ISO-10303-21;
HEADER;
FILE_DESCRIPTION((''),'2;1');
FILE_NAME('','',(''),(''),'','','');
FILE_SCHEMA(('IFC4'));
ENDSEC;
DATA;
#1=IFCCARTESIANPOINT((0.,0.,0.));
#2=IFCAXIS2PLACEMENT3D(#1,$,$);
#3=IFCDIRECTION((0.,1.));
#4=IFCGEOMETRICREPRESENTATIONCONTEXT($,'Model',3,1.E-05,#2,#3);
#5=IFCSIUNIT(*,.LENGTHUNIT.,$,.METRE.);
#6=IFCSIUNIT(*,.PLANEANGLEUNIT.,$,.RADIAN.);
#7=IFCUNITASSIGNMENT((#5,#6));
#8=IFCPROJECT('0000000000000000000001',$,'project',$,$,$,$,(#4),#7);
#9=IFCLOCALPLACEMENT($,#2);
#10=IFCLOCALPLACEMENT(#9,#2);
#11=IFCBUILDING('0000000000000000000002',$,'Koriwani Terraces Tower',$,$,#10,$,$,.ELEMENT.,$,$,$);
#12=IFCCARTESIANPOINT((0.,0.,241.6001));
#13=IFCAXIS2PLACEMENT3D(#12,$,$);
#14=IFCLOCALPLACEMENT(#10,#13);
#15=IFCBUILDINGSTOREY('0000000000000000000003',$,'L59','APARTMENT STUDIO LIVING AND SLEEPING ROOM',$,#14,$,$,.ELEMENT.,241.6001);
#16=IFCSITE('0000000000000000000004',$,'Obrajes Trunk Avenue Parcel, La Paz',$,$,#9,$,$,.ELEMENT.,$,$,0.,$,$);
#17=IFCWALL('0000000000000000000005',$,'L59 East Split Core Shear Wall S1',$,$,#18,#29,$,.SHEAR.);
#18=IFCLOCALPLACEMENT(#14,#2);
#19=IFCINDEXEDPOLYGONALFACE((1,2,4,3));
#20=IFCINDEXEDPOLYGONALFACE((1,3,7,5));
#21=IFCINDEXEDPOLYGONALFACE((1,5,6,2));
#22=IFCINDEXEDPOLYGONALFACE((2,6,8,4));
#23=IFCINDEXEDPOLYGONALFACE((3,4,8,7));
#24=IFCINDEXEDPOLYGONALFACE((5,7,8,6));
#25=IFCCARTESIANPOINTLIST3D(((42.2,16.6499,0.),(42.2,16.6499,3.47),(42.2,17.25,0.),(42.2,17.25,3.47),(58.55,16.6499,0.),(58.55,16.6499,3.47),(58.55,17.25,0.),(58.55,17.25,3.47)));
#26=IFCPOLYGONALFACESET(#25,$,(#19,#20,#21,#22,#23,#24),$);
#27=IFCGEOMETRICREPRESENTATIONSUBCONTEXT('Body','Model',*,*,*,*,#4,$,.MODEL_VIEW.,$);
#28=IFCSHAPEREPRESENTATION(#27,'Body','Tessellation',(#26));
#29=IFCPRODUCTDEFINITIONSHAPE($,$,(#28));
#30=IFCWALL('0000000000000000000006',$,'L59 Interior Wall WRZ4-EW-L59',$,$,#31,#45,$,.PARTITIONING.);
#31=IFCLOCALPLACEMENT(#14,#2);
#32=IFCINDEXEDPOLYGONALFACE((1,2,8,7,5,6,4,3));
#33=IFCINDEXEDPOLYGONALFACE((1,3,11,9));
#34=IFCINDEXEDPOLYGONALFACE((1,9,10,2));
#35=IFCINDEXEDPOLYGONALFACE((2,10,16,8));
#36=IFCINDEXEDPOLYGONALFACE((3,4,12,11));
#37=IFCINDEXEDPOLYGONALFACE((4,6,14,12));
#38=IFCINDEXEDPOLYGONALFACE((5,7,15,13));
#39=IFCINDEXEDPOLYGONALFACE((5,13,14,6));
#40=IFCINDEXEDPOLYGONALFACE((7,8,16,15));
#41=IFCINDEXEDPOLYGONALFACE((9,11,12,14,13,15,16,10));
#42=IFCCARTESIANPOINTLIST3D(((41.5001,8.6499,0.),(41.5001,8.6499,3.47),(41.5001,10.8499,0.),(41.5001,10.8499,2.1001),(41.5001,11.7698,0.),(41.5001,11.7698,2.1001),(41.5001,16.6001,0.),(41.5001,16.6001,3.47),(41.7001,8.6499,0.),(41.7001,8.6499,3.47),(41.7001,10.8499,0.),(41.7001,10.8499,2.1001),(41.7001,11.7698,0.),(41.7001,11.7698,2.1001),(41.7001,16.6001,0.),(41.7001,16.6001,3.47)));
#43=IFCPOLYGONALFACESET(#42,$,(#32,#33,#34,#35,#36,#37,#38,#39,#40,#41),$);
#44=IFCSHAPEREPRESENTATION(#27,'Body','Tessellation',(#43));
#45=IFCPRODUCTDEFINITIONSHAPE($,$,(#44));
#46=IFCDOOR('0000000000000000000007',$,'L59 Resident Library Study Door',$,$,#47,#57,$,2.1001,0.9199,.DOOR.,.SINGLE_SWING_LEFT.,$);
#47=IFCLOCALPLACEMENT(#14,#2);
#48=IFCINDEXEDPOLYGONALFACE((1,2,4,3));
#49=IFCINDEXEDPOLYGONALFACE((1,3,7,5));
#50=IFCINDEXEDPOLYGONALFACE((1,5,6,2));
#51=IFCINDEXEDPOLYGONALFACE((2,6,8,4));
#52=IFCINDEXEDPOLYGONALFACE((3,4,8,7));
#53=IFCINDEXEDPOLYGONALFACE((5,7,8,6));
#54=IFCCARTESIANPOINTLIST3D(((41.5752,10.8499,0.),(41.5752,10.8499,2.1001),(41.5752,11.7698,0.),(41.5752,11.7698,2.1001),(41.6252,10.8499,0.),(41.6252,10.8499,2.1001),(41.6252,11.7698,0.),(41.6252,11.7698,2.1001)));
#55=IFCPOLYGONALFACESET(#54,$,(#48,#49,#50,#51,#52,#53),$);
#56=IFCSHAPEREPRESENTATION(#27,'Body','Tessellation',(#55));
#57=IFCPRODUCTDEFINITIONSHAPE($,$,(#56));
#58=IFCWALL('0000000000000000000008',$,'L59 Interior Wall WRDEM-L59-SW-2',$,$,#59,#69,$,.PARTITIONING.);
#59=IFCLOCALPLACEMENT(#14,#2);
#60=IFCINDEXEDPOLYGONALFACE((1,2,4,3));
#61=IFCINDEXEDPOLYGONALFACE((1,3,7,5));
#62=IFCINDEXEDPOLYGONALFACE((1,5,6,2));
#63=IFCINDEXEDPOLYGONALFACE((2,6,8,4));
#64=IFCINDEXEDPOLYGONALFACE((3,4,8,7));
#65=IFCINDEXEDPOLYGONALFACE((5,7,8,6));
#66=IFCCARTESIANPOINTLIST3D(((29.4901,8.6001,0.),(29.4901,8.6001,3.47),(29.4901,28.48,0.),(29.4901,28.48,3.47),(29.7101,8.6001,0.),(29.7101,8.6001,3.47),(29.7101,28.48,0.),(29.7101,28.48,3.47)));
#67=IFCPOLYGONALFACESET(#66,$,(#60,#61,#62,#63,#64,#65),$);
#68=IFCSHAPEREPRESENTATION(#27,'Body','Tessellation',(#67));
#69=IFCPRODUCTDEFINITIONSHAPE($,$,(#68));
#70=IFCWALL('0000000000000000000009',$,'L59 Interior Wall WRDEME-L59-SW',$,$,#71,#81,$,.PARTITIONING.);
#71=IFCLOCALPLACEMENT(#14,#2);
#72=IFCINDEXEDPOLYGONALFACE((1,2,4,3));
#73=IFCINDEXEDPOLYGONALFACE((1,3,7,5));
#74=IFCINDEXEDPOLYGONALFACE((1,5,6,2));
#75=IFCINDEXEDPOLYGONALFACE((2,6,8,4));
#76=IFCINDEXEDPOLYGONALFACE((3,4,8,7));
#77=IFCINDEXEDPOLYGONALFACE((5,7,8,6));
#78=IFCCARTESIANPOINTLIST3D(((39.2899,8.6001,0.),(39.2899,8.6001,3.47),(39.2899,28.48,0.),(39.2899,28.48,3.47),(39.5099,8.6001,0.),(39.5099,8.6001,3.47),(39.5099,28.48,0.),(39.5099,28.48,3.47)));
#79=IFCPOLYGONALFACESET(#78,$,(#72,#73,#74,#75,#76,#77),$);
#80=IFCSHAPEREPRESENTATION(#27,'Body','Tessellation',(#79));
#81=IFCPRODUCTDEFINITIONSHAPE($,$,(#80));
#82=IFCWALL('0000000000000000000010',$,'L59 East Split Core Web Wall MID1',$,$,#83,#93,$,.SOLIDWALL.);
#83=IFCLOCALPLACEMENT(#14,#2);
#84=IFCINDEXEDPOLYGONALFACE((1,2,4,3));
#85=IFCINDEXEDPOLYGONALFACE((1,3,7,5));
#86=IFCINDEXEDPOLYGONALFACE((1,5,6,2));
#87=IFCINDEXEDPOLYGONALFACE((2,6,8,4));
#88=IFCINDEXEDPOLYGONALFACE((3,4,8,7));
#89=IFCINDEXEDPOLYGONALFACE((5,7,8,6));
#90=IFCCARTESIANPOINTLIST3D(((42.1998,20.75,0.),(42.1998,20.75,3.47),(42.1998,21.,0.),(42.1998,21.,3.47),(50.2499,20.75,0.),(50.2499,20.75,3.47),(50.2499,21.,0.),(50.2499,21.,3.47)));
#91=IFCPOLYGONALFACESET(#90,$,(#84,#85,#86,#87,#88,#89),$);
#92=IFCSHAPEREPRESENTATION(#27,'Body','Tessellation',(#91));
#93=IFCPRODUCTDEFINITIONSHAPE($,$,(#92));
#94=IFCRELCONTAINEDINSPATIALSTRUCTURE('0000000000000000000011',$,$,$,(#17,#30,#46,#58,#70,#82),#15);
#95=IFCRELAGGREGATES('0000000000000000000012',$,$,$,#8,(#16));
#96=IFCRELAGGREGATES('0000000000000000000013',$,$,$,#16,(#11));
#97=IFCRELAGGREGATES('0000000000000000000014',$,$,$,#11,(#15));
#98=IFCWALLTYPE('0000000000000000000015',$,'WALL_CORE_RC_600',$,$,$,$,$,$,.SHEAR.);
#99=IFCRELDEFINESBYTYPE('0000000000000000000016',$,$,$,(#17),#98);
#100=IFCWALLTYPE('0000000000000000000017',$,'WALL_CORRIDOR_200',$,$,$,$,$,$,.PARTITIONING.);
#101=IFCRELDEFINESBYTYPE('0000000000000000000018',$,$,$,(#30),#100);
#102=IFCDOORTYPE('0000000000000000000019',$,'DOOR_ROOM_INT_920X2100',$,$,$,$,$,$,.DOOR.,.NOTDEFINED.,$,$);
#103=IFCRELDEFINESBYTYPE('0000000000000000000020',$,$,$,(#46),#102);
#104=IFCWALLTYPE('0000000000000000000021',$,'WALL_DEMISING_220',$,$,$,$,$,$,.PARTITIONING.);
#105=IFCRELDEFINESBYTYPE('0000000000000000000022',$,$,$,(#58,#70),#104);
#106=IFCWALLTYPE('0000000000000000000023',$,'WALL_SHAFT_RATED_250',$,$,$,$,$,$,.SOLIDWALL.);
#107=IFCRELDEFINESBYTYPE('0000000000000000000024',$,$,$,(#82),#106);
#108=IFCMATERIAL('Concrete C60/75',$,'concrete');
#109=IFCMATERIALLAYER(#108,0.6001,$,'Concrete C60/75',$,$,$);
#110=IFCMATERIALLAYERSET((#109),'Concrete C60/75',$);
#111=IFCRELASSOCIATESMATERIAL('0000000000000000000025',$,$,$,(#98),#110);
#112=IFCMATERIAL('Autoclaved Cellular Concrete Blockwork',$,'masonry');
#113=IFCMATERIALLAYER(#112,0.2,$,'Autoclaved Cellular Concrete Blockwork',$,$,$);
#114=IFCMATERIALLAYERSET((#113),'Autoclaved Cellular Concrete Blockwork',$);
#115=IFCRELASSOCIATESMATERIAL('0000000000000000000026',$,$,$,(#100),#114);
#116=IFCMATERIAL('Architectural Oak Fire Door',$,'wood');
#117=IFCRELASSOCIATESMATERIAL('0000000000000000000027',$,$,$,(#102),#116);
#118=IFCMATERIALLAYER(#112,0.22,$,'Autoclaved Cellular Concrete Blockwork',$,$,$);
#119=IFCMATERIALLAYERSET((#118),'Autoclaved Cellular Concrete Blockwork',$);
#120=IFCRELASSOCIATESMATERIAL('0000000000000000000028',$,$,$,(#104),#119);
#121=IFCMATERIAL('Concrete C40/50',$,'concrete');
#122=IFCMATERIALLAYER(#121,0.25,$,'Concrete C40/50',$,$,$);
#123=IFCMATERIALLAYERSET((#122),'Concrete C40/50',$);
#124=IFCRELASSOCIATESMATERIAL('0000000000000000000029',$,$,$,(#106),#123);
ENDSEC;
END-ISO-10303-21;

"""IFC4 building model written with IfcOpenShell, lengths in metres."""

from ifc_helpers import new_model, si_unit, direction, frame, frame_2d, origin, place, context, subcontext, project, spatial, rectangle, extrude, material, layer, layer_set, type_object, element, fill, save


model = new_model("IFC4")

# Units and contexts
model_context = context("Model", 3, precision=1e-05, world=origin(), true_north=direction((0.0, 1.0)))
body_context = subcontext(model_context, "Body", "Model", "MODEL_VIEW")
ifc_project = project(units=[si_unit("LENGTHUNIT", "METRE"), si_unit("PLANEANGLEUNIT", "RADIAN")], contexts=[model_context])

# Site, building, storey
site_placement = place(None, origin())
site = spatial("IfcSite", under=ifc_project, at=site_placement, Name="Obrajes Trunk Avenue Parcel, La Paz", CompositionType="ELEMENT", RefElevation=0.0)
building_placement = place(site_placement, origin())
building = spatial("IfcBuilding", under=site, at=building_placement, Name="Koriwani Terraces Tower", CompositionType="ELEMENT")
storey_placement = place(building_placement, frame((0.0, 0.0, 241.6001)))
storey = spatial("IfcBuildingStorey", under=building, at=storey_placement, Name="L59", Description="APARTMENT STUDIO LIVING AND SLEEPING ROOM", CompositionType="ELEMENT", Elevation=241.6001)

# Shared definitions
ifc_material_1 = material(Name="Concrete C40/50", Category="concrete")
ifc_material_2 = material(Name="Concrete C60/75", Category="concrete")

# Wall
ifc_layer_1 = layer(ifc_material_2, 0.6001, Name="Concrete C60/75")
ifc_layer_set_1 = layer_set([ifc_layer_1], Name="Concrete C60/75")
wall_type_1 = type_object("IfcWallType", Name="WALL_CORE_RC_600", PredefinedType="SHEAR", material=ifc_layer_set_1)
wall_1_placement = place(storey_placement, frame((42.2, 16.95, 0.0), z_axis=(0.0, 0.0, 1.0), x_axis=(1.0, 0.0, 0.0)))
element("IfcWall", 1, at=wall_1_placement, inside=storey, type_object=wall_type_1, Name="L59 East Split Core Shear Wall S1", PredefinedType="SHEAR", context=body_context, shape_type="SweptSolid", body=[
    extrude(rectangle(XDim=16.3501, YDim=0.6001, at=frame_2d((8.175, 0.0))), origin(), (0.0, 0.0, 1.0), 3.47),
])

# Wall, opening, door
ifc_material_3 = material(Name="Autoclaved Cellular Concrete Blockwork", Category="masonry")
ifc_layer_2 = layer(ifc_material_3, 0.2, Name="Autoclaved Cellular Concrete Blockwork")
ifc_layer_set_2 = layer_set([ifc_layer_2], Name="Autoclaved Cellular Concrete Blockwork")
wall_type_2 = type_object("IfcWallType", Name="WALL_CORRIDOR_200", PredefinedType="PARTITIONING", material=ifc_layer_set_2)
wall_2_placement = place(storey_placement, frame((41.6001, 8.6499, 0.0), z_axis=(0.0, 0.0, 1.0), x_axis=(0.0, 1.0, 0.0)))
wall_2 = element("IfcWall", 2, at=wall_2_placement, inside=storey, type_object=wall_type_2, Name="L59 Interior Wall WRZ4-EW-L59", PredefinedType="PARTITIONING", context=body_context, shape_type="SweptSolid", body=[
    extrude(rectangle(XDim=7.9502, YDim=0.2, at=frame_2d((3.9751, 0.0))), origin(), (0.0, 0.0, 1.0), 3.47),
])
opening_1_placement = place(wall_2_placement, frame((2.2, 0.0, 0.0)))
opening_1 = element("IfcOpeningElement", 3, at=opening_1_placement, cuts=wall_2, PredefinedType="OPENING", context=body_context, shape_type="SweptSolid", body=[
    extrude(rectangle(XDim=0.9199, YDim=2.1001, at=frame_2d((0.46, 1.05))), frame((0.0, 0.1099, 0.0), z_axis=(0.0, -1.0, 0.0), x_axis=(1.0, 0.0, 0.0)), (0.0, 0.0, 1.0), 0.22),
])
ifc_material_4 = material(Name="Architectural Oak Fire Door", Category="wood")
door_type_1 = type_object("IfcDoorType", Name="DOOR_ROOM_INT_920X2100", OperationType="NOTDEFINED", PredefinedType="DOOR", material=ifc_material_4)
door_1_placement = place(opening_1_placement, origin())
door_1 = element("IfcDoor", 4, at=door_1_placement, inside=storey, type_object=door_type_1, Name="L59 Resident Library Study Door", OperationType="SINGLE_SWING_LEFT", OverallHeight=2.1001, OverallWidth=0.9199, PredefinedType="DOOR", context=body_context, shape_type="SweptSolid", body=[
    extrude(rectangle(XDim=0.9199, YDim=2.1001, at=frame_2d((0.46, 1.05))), frame((0.0, 0.0249, 0.0), z_axis=(0.0, -1.0, 0.0), x_axis=(1.0, 0.0, 0.0)), (0.0, 0.0, 1.0), 0.05),
])
fill(opening_1, door_1)

# Walls
ifc_layer_3 = layer(ifc_material_3, 0.22, Name="Autoclaved Cellular Concrete Blockwork")
ifc_layer_set_3 = layer_set([ifc_layer_3], Name="Autoclaved Cellular Concrete Blockwork")
wall_type_3 = type_object("IfcWallType", Name="WALL_DEMISING_220", PredefinedType="PARTITIONING", material=ifc_layer_set_3)
for number, where, z_axis, x_axis, name in (
    (5, (29.6001, 8.6001, 0.0), (0.0, 0.0, 1.0), (0.0, 1.0, 0.0), "L59 Interior Wall WRDEM-L59-SW-2"),
    (6, (39.3999, 8.6001, 0.0), (0.0, 0.0, 1.0), (0.0, 1.0, 0.0), "L59 Interior Wall WRDEME-L59-SW"),
):
    element("IfcWall", number, at=place(storey_placement, frame(where, z_axis=z_axis, x_axis=x_axis)), inside=storey, type_object=wall_type_3, Name=name, PredefinedType="PARTITIONING", context=body_context, shape_type="SweptSolid", body=[
        extrude(rectangle(XDim=19.8799, YDim=0.22, at=frame_2d((9.9399, 0.0))), origin(), (0.0, 0.0, 1.0), 3.47),
    ])
ifc_layer_4 = layer(ifc_material_1, 0.25, Name="Concrete C40/50")
ifc_layer_set_4 = layer_set([ifc_layer_4], Name="Concrete C40/50")
wall_type_4 = type_object("IfcWallType", Name="WALL_SHAFT_RATED_250", PredefinedType="SOLIDWALL", material=ifc_layer_set_4)
wall_3_placement = place(storey_placement, frame((42.2, 20.875, 0.0), z_axis=(0.0, 0.0, 1.0), x_axis=(1.0, 0.0, 0.0)))
element("IfcWall", 7, at=wall_3_placement, inside=storey, type_object=wall_type_4, Name="L59 East Split Core Web Wall MID1", PredefinedType="SOLIDWALL", context=body_context, shape_type="SweptSolid", body=[
    extrude(rectangle(XDim=8.05, YDim=0.25, at=frame_2d((4.0249, 0.0))), origin(), (0.0, 0.0, 1.0), 3.47),
])

save(model, "model.ifc")
